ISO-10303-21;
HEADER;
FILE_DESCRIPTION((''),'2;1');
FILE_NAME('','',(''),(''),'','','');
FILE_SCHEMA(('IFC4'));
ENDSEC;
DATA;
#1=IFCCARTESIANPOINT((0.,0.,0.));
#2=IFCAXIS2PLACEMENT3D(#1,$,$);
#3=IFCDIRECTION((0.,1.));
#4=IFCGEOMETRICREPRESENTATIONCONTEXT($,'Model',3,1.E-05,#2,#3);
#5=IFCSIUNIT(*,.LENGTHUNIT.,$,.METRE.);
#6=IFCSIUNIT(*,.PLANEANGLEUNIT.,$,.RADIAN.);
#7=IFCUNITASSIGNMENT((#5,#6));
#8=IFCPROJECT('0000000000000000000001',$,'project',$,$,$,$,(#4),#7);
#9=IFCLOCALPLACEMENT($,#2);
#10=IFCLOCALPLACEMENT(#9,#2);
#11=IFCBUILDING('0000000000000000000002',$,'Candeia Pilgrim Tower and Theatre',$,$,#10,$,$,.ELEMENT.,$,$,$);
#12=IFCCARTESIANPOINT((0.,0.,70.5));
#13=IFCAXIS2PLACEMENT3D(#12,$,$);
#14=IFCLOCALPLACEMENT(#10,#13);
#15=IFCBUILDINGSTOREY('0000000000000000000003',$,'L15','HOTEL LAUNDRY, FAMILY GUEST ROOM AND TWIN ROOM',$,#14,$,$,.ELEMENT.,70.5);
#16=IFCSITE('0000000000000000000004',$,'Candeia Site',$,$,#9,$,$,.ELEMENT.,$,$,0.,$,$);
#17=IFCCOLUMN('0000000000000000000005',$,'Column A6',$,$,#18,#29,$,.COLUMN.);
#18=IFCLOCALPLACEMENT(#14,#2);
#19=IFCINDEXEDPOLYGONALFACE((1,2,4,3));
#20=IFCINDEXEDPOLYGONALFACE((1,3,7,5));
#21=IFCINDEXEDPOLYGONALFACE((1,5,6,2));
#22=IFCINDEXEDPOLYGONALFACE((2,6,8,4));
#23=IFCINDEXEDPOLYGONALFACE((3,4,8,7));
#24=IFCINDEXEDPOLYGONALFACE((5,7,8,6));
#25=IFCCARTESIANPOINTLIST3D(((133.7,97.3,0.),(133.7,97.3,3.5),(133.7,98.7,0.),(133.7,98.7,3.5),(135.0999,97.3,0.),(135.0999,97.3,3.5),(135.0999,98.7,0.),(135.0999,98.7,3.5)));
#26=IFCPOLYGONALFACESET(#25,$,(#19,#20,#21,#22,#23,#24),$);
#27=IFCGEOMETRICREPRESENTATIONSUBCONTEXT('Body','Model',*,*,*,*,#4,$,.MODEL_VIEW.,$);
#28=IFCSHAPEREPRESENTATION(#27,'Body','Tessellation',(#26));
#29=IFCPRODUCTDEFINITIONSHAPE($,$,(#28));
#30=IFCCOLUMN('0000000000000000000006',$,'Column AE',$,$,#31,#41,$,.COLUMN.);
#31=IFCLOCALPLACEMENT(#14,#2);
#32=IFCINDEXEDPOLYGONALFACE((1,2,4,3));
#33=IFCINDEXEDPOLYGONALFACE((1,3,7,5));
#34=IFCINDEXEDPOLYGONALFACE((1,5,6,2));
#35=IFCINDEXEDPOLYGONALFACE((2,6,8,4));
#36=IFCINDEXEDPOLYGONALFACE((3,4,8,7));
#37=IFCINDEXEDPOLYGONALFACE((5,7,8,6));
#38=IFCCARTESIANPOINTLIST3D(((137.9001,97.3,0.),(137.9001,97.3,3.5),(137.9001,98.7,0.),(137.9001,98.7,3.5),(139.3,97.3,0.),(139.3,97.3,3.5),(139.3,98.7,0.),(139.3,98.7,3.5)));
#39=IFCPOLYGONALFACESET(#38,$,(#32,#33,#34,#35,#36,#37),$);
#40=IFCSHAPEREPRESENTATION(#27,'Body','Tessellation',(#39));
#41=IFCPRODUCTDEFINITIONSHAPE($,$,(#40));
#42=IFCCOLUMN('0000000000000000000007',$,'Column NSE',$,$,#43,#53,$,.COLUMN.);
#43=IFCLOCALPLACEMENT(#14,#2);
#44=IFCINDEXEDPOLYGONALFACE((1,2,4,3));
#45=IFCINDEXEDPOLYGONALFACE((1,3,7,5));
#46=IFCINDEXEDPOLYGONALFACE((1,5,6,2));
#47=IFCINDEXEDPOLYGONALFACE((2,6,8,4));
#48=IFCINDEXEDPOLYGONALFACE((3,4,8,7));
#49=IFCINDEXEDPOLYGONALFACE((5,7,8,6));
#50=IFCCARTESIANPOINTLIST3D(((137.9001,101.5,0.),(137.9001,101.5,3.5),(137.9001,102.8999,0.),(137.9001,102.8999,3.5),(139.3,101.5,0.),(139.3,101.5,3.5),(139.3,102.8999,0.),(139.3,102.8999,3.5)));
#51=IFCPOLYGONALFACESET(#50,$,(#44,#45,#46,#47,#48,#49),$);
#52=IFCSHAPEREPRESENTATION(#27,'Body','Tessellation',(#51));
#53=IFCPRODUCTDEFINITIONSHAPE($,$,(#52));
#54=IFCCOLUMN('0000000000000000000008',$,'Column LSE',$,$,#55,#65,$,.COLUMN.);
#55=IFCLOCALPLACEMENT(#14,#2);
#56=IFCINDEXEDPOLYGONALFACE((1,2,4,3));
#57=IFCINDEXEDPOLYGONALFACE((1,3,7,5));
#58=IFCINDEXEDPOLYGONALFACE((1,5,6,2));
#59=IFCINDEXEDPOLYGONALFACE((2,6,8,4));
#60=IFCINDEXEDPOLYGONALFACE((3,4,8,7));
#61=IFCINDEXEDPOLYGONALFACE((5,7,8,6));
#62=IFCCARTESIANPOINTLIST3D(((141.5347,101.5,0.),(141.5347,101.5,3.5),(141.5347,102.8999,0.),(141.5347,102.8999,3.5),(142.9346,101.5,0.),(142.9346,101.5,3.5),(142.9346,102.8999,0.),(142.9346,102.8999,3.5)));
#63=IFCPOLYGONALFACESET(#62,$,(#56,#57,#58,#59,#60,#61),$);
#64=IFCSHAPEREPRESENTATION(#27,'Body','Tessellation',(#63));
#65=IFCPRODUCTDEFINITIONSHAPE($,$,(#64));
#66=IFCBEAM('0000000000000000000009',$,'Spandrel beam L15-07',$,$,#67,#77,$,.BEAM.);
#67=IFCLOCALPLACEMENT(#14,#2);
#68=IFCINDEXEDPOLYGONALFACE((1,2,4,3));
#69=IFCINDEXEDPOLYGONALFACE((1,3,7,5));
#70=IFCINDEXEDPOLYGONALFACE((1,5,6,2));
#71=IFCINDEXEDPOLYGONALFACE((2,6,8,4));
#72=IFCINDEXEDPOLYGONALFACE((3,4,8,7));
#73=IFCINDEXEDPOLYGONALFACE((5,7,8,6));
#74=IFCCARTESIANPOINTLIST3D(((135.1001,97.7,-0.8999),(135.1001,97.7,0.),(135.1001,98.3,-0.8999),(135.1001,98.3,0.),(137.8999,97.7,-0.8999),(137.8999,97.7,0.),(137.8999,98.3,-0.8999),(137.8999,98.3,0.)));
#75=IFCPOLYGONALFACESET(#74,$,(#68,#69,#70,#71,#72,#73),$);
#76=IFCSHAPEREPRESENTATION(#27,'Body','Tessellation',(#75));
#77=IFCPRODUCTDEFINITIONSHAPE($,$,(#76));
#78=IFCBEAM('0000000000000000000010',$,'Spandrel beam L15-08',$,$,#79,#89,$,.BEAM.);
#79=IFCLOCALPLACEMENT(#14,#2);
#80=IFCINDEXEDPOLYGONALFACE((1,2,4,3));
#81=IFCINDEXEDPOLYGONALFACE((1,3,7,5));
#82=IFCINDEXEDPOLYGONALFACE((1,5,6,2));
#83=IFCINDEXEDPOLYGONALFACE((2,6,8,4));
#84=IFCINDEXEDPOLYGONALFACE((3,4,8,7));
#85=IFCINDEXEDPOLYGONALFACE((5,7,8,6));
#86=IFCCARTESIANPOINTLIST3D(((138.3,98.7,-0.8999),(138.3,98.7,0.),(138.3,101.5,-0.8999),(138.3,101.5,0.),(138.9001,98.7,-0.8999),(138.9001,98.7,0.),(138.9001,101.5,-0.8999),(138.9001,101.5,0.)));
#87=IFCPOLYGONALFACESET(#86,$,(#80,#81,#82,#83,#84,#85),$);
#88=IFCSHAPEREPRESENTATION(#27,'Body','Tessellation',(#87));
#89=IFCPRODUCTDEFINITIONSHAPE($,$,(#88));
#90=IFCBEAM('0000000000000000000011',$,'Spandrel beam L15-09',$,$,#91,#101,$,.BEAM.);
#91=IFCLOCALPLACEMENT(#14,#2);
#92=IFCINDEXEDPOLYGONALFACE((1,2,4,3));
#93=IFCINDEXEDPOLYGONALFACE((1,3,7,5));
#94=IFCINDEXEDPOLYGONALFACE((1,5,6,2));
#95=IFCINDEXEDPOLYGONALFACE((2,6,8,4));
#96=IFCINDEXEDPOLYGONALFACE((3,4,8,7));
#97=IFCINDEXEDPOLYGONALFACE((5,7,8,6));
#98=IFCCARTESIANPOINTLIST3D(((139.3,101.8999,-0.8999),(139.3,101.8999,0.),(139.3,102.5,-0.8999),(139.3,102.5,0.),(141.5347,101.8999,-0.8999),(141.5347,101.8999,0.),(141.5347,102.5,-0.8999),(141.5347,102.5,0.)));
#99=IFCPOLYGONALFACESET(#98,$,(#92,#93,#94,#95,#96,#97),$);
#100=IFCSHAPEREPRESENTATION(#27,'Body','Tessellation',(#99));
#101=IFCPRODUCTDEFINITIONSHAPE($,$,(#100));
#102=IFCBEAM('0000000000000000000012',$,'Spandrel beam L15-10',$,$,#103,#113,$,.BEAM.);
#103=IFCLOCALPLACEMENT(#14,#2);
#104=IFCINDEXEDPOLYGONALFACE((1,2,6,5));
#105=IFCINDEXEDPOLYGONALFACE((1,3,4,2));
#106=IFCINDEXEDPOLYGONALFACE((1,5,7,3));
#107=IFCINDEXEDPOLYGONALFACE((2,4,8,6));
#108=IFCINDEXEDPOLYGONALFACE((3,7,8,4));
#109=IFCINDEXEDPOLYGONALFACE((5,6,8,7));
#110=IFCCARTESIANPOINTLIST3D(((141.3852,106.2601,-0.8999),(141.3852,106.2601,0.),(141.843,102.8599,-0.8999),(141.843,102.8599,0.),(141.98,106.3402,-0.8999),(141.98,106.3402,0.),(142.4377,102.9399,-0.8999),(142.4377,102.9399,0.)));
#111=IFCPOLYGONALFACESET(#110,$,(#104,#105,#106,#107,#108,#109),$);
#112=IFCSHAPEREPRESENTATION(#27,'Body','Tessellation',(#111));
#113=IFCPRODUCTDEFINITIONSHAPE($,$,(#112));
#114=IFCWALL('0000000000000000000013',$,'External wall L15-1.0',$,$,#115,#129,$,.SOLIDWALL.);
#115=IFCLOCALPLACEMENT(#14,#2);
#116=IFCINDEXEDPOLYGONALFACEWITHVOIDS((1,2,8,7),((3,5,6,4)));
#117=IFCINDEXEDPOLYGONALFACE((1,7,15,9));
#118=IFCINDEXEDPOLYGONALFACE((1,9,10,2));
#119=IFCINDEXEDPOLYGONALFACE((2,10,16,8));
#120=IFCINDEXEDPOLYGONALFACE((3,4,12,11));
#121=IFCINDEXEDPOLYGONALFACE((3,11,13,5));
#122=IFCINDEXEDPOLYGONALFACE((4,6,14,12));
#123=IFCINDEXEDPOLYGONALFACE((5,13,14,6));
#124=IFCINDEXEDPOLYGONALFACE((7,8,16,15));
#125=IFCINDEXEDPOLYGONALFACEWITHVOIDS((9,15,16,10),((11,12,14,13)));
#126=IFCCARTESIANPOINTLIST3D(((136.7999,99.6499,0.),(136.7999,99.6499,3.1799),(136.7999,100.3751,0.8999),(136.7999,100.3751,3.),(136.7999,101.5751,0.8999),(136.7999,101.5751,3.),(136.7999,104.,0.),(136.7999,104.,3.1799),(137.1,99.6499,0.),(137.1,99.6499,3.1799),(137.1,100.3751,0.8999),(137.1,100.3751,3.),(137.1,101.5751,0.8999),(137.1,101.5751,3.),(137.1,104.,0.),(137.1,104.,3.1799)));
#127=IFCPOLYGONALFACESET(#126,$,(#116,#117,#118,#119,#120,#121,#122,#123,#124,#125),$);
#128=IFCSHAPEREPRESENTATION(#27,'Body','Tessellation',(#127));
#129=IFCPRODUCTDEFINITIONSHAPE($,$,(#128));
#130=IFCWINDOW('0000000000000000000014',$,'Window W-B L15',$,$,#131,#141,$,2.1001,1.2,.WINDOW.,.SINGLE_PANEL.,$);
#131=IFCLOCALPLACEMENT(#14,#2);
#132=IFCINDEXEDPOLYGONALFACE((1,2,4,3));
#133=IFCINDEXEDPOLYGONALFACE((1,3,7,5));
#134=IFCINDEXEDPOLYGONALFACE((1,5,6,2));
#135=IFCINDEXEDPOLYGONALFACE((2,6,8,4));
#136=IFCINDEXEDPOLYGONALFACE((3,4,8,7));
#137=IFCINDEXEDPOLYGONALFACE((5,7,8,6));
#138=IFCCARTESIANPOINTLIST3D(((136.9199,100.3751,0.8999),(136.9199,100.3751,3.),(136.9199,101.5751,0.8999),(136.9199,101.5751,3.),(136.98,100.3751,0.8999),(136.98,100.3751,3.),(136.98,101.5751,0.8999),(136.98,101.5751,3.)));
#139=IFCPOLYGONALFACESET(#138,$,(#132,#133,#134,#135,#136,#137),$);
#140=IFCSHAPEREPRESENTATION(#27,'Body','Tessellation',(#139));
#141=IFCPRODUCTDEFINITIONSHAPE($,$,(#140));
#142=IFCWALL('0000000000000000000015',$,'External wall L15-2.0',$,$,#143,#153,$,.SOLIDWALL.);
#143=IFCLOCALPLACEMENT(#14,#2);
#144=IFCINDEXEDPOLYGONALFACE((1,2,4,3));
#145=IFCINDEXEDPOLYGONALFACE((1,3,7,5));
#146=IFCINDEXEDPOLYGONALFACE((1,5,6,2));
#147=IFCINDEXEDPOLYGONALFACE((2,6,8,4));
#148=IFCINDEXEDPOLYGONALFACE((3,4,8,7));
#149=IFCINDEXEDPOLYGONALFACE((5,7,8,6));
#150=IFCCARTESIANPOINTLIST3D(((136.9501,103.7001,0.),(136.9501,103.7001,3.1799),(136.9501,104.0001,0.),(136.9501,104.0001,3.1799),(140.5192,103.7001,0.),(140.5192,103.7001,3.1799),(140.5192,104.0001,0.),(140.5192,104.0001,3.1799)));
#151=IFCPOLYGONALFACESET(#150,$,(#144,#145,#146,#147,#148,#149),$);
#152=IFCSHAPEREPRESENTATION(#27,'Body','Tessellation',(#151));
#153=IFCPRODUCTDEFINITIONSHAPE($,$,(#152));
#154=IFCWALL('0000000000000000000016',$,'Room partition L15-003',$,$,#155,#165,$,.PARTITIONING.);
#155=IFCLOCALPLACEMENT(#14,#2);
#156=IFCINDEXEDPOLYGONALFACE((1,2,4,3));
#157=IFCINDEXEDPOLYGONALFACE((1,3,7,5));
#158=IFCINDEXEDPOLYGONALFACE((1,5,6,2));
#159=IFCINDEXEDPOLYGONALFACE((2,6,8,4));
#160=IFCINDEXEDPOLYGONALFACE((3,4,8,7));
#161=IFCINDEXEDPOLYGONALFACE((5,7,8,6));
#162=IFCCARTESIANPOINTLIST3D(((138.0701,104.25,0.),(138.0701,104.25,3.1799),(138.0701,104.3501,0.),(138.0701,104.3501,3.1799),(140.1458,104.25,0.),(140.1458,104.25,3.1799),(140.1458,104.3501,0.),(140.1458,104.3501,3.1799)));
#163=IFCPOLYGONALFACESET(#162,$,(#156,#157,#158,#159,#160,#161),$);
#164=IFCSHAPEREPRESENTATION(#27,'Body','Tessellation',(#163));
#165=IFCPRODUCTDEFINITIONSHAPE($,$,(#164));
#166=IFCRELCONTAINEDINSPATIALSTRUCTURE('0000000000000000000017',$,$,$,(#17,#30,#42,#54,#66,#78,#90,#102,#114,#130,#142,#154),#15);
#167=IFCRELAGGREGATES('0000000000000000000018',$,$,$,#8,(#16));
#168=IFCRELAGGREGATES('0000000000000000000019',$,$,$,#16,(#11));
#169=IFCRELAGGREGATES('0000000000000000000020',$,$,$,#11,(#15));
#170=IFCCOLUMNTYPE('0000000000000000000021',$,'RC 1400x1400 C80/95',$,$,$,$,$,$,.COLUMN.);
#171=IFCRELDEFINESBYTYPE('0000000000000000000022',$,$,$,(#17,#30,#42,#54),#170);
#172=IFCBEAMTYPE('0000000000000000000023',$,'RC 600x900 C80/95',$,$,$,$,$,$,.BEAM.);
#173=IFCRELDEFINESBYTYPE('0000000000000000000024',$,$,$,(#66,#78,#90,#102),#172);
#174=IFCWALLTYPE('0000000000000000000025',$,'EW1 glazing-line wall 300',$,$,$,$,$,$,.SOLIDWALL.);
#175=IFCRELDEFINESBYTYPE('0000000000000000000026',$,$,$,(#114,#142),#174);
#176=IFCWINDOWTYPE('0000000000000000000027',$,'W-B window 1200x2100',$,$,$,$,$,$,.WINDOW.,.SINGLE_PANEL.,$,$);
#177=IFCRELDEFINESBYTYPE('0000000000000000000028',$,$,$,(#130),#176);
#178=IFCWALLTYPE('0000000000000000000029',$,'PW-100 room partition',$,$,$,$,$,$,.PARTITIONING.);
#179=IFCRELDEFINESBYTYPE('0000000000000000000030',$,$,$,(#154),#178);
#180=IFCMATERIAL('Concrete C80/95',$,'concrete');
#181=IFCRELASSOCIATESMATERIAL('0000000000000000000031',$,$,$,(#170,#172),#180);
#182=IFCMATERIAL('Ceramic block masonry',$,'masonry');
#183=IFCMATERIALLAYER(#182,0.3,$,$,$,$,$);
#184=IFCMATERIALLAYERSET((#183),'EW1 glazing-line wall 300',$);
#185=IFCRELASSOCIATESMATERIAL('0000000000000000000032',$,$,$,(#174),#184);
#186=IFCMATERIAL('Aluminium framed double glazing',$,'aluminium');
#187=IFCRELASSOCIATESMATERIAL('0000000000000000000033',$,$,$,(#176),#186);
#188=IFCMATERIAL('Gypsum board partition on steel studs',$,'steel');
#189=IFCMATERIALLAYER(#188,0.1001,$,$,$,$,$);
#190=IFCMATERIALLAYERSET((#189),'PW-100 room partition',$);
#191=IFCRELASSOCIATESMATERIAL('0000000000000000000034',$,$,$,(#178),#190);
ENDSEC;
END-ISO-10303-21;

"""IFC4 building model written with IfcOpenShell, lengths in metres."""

from ifc_helpers import new_model, si_unit, direction, frame, frame_2d, origin, origin_2d, place, context, subcontext, project, spatial, rectangle, extrude, material, layer, layer_set, material_profile, profile_set, type_object, element, fill, save


model = new_model("IFC4")

# Units and contexts
model_context = context("Model", 3, precision=1e-05, world=origin(), true_north=direction((0.0, 1.0)))
body_context = subcontext(model_context, "Body", "Model", "MODEL_VIEW")
ifc_project = project(units=[si_unit("LENGTHUNIT", "METRE"), si_unit("PLANEANGLEUNIT", "RADIAN")], contexts=[model_context])

# Site, building, storey
site_placement = place(None, origin())
site = spatial("IfcSite", under=ifc_project, at=site_placement, Name="Candeia Site", CompositionType="ELEMENT", RefElevation=0.0)
building_placement = place(site_placement, origin())
building = spatial("IfcBuilding", under=site, at=building_placement, Name="Candeia Pilgrim Tower and Theatre", CompositionType="ELEMENT")
storey_placement = place(building_placement, frame((0.0, 0.0, 70.5)))
storey = spatial("IfcBuildingStorey", under=building, at=storey_placement, Name="L15", Description="HOTEL LAUNDRY, FAMILY GUEST ROOM AND TWIN ROOM", CompositionType="ELEMENT", Elevation=70.5)

# Columns
ifc_material_1 = material(Name="Concrete C80/95", Category="concrete")
ifc_material_profile_1 = material_profile(ifc_material_1, rectangle(XDim=1.3999, YDim=1.3999, at=origin_2d()))
ifc_profile_set_1 = profile_set([ifc_material_profile_1], Name="Concrete C80/95")
column_type = type_object("IfcColumnType", Name="RC 1400x1400 C80/95", PredefinedType="COLUMN", material=ifc_profile_set_1)
for number, where, z_axis, x_axis, name in (
    (1, (134.3999, 98.0, 0.0), (0.0, 0.0, 1.0), (1.0, 0.0, 0.0), "Column A6"),
    (2, (138.6001, 98.0, 0.0), (0.0, 0.0, 1.0), (1.0, 0.0, 0.0), "Column AE"),
    (3, (138.6001, 102.2, 0.0), (0.0, 0.0, 1.0), (1.0, 0.0, 0.0), "Column NSE"),
    (4, (142.2346, 102.2, 0.0), (0.0, 0.0, 1.0), (1.0, 0.0, 0.0), "Column LSE"),
):
    element("IfcColumn", number, at=place(storey_placement, frame(where, z_axis=z_axis, x_axis=x_axis)), inside=storey, type_object=column_type, Name=name, PredefinedType="COLUMN", context=body_context, shape_type="SweptSolid", body=[
        extrude(rectangle(XDim=1.3999, YDim=1.3999, at=origin_2d()), origin(), (0.0, 0.0, 1.0), 3.5),
    ])

# Beams
ifc_material_profile_2 = material_profile(ifc_material_1, rectangle(XDim=0.6001, YDim=0.8999, at=origin_2d()))
ifc_profile_set_2 = profile_set([ifc_material_profile_2], Name="Concrete C80/95")
beam_type = type_object("IfcBeamType", Name="RC 600x900 C80/95", PredefinedType="BEAM", material=ifc_profile_set_2)
beam_1_placement = place(storey_placement, frame((135.1001, 98.0, -0.45), z_axis=(1.0, 0.0, 0.0), x_axis=(0.0, 1.0, 0.0)))
element("IfcBeam", 5, at=beam_1_placement, inside=storey, type_object=beam_type, Name="Spandrel beam L15-07", PredefinedType="BEAM", context=body_context, shape_type="SweptSolid", body=[
    extrude(rectangle(XDim=0.6001, YDim=0.8999, at=origin_2d()), origin(), (0.0, 0.0, 1.0), 2.7998),
])
beam_2_placement = place(storey_placement, frame((138.6001, 98.7, -0.45), z_axis=(0.0, 1.0, 0.0), x_axis=(-1.0, 0.0, 0.0)))
element("IfcBeam", 6, at=beam_2_placement, inside=storey, type_object=beam_type, Name="Spandrel beam L15-08", PredefinedType="BEAM", context=body_context, shape_type="SweptSolid", body=[
    extrude(rectangle(XDim=0.6001, YDim=0.8999, at=origin_2d()), origin(), (0.0, 0.0, 1.0), 2.8),
])
beam_3_placement = place(storey_placement, frame((139.3, 102.2, -0.45), z_axis=(1.0, 0.0, 0.0), x_axis=(0.0, 1.0, 0.0)))
element("IfcBeam", 7, at=beam_3_placement, inside=storey, type_object=beam_type, Name="Spandrel beam L15-09", PredefinedType="BEAM", context=body_context, shape_type="SweptSolid", body=[
    extrude(rectangle(XDim=0.6001, YDim=0.8999, at=origin_2d()), origin(), (0.0, 0.0, 1.0), 2.2346),
])
beam_4_placement = place(storey_placement, frame((142.1404, 102.8999, -0.45), z_axis=(-0.133427, 0.991059, 0.0), x_axis=(-0.991059, -0.133427, 0.0)))
element("IfcBeam", 8, at=beam_4_placement, inside=storey, type_object=beam_type, Name="Spandrel beam L15-10", PredefinedType="BEAM", context=body_context, shape_type="SweptSolid", body=[
    extrude(rectangle(XDim=0.6001, YDim=0.8999, at=origin_2d()), origin(), (0.0, 0.0, 1.0), 3.4309),
])

# Wall, opening, window
ifc_material_2 = material(Name="Ceramic block masonry", Category="masonry")
ifc_layer_1 = layer(ifc_material_2, 0.3)
ifc_layer_set_1 = layer_set([ifc_layer_1], Name="EW1 glazing-line wall 300")
wall_type_1 = type_object("IfcWallType", Name="EW1 glazing-line wall 300", PredefinedType="SOLIDWALL", material=ifc_layer_set_1)
wall_1_placement = place(storey_placement, frame((136.95, 99.6499, 0.0), z_axis=(0.0, 0.0, 1.0), x_axis=(0.0, 1.0, 0.0)))
wall_1 = element("IfcWall", 9, at=wall_1_placement, inside=storey, type_object=wall_type_1, Name="External wall L15-1.0", PredefinedType="SOLIDWALL", context=body_context, shape_type="SweptSolid", body=[
    extrude(rectangle(XDim=4.3501, YDim=0.3, at=frame_2d((2.175, 0.0))), origin(), (0.0, 0.0, 1.0), 3.1799),
])
opening_1_placement = place(wall_1_placement, frame((0.7251, 0.0, 0.8999)))
opening_1 = element("IfcOpeningElement", 10, at=opening_1_placement, cuts=wall_1, PredefinedType="OPENING", context=body_context, shape_type="SweptSolid", body=[
    extrude(rectangle(XDim=1.2, YDim=2.1001, at=frame_2d((0.6001, 1.05))), frame((0.0, 0.1602, 0.0), z_axis=(0.0, -1.0, 0.0), x_axis=(1.0, 0.0, 0.0)), (0.0, 0.0, 1.0), 0.3201),
])
ifc_material_3 = material(Name="Aluminium framed double glazing", Category="aluminium")
window_type = type_object("IfcWindowType", Name="W-B window 1200x2100", PartitioningType="SINGLE_PANEL", PredefinedType="WINDOW", material=ifc_material_3)
window_1_placement = place(opening_1_placement, origin())
window_1 = element("IfcWindow", 11, at=window_1_placement, inside=storey, type_object=window_type, Name="Window W-B L15", OverallHeight=2.1001, OverallWidth=1.2, PartitioningType="SINGLE_PANEL", PredefinedType="WINDOW", context=body_context, shape_type="SweptSolid", body=[
    extrude(rectangle(XDim=1.2, YDim=2.1001, at=frame_2d((0.6001, 1.05))), frame((0.0, 0.03, 0.0), z_axis=(0.0, -1.0, 0.0), x_axis=(1.0, 0.0, 0.0)), (0.0, 0.0, 1.0), 0.0601),
])
fill(opening_1, window_1)

# Wall
wall_2_placement = place(storey_placement, frame((136.95, 103.8501, 0.0), z_axis=(0.0, 0.0, 1.0), x_axis=(1.0, 0.0, 0.0)))
element("IfcWall", 12, at=wall_2_placement, inside=storey, type_object=wall_type_1, Name="External wall L15-2.0", PredefinedType="SOLIDWALL", context=body_context, shape_type="SweptSolid", body=[
    extrude(rectangle(XDim=3.5691, YDim=0.3, at=frame_2d((1.7847, 0.0))), origin(), (0.0, 0.0, 1.0), 3.1799),
])

# Wall
ifc_material_4 = material(Name="Gypsum board partition on steel studs", Category="steel")
ifc_layer_2 = layer(ifc_material_4, 0.1001)
ifc_layer_set_2 = layer_set([ifc_layer_2], Name="PW-100 room partition")
wall_type_2 = type_object("IfcWallType", Name="PW-100 room partition", PredefinedType="PARTITIONING", material=ifc_layer_set_2)
wall_3_placement = place(storey_placement, frame((138.0701, 104.3, 0.0), z_axis=(0.0, 0.0, 1.0), x_axis=(1.0, 0.0, 0.0)))
element("IfcWall", 13, at=wall_3_placement, inside=storey, type_object=wall_type_2, Name="Room partition L15-003", PredefinedType="PARTITIONING", context=body_context, shape_type="SweptSolid", body=[
    extrude(rectangle(XDim=2.0757, YDim=0.1001, at=frame_2d((1.0378, 0.0))), origin(), (0.0, 0.0, 1.0), 3.1799),
])

save(model, "model.ifc")
